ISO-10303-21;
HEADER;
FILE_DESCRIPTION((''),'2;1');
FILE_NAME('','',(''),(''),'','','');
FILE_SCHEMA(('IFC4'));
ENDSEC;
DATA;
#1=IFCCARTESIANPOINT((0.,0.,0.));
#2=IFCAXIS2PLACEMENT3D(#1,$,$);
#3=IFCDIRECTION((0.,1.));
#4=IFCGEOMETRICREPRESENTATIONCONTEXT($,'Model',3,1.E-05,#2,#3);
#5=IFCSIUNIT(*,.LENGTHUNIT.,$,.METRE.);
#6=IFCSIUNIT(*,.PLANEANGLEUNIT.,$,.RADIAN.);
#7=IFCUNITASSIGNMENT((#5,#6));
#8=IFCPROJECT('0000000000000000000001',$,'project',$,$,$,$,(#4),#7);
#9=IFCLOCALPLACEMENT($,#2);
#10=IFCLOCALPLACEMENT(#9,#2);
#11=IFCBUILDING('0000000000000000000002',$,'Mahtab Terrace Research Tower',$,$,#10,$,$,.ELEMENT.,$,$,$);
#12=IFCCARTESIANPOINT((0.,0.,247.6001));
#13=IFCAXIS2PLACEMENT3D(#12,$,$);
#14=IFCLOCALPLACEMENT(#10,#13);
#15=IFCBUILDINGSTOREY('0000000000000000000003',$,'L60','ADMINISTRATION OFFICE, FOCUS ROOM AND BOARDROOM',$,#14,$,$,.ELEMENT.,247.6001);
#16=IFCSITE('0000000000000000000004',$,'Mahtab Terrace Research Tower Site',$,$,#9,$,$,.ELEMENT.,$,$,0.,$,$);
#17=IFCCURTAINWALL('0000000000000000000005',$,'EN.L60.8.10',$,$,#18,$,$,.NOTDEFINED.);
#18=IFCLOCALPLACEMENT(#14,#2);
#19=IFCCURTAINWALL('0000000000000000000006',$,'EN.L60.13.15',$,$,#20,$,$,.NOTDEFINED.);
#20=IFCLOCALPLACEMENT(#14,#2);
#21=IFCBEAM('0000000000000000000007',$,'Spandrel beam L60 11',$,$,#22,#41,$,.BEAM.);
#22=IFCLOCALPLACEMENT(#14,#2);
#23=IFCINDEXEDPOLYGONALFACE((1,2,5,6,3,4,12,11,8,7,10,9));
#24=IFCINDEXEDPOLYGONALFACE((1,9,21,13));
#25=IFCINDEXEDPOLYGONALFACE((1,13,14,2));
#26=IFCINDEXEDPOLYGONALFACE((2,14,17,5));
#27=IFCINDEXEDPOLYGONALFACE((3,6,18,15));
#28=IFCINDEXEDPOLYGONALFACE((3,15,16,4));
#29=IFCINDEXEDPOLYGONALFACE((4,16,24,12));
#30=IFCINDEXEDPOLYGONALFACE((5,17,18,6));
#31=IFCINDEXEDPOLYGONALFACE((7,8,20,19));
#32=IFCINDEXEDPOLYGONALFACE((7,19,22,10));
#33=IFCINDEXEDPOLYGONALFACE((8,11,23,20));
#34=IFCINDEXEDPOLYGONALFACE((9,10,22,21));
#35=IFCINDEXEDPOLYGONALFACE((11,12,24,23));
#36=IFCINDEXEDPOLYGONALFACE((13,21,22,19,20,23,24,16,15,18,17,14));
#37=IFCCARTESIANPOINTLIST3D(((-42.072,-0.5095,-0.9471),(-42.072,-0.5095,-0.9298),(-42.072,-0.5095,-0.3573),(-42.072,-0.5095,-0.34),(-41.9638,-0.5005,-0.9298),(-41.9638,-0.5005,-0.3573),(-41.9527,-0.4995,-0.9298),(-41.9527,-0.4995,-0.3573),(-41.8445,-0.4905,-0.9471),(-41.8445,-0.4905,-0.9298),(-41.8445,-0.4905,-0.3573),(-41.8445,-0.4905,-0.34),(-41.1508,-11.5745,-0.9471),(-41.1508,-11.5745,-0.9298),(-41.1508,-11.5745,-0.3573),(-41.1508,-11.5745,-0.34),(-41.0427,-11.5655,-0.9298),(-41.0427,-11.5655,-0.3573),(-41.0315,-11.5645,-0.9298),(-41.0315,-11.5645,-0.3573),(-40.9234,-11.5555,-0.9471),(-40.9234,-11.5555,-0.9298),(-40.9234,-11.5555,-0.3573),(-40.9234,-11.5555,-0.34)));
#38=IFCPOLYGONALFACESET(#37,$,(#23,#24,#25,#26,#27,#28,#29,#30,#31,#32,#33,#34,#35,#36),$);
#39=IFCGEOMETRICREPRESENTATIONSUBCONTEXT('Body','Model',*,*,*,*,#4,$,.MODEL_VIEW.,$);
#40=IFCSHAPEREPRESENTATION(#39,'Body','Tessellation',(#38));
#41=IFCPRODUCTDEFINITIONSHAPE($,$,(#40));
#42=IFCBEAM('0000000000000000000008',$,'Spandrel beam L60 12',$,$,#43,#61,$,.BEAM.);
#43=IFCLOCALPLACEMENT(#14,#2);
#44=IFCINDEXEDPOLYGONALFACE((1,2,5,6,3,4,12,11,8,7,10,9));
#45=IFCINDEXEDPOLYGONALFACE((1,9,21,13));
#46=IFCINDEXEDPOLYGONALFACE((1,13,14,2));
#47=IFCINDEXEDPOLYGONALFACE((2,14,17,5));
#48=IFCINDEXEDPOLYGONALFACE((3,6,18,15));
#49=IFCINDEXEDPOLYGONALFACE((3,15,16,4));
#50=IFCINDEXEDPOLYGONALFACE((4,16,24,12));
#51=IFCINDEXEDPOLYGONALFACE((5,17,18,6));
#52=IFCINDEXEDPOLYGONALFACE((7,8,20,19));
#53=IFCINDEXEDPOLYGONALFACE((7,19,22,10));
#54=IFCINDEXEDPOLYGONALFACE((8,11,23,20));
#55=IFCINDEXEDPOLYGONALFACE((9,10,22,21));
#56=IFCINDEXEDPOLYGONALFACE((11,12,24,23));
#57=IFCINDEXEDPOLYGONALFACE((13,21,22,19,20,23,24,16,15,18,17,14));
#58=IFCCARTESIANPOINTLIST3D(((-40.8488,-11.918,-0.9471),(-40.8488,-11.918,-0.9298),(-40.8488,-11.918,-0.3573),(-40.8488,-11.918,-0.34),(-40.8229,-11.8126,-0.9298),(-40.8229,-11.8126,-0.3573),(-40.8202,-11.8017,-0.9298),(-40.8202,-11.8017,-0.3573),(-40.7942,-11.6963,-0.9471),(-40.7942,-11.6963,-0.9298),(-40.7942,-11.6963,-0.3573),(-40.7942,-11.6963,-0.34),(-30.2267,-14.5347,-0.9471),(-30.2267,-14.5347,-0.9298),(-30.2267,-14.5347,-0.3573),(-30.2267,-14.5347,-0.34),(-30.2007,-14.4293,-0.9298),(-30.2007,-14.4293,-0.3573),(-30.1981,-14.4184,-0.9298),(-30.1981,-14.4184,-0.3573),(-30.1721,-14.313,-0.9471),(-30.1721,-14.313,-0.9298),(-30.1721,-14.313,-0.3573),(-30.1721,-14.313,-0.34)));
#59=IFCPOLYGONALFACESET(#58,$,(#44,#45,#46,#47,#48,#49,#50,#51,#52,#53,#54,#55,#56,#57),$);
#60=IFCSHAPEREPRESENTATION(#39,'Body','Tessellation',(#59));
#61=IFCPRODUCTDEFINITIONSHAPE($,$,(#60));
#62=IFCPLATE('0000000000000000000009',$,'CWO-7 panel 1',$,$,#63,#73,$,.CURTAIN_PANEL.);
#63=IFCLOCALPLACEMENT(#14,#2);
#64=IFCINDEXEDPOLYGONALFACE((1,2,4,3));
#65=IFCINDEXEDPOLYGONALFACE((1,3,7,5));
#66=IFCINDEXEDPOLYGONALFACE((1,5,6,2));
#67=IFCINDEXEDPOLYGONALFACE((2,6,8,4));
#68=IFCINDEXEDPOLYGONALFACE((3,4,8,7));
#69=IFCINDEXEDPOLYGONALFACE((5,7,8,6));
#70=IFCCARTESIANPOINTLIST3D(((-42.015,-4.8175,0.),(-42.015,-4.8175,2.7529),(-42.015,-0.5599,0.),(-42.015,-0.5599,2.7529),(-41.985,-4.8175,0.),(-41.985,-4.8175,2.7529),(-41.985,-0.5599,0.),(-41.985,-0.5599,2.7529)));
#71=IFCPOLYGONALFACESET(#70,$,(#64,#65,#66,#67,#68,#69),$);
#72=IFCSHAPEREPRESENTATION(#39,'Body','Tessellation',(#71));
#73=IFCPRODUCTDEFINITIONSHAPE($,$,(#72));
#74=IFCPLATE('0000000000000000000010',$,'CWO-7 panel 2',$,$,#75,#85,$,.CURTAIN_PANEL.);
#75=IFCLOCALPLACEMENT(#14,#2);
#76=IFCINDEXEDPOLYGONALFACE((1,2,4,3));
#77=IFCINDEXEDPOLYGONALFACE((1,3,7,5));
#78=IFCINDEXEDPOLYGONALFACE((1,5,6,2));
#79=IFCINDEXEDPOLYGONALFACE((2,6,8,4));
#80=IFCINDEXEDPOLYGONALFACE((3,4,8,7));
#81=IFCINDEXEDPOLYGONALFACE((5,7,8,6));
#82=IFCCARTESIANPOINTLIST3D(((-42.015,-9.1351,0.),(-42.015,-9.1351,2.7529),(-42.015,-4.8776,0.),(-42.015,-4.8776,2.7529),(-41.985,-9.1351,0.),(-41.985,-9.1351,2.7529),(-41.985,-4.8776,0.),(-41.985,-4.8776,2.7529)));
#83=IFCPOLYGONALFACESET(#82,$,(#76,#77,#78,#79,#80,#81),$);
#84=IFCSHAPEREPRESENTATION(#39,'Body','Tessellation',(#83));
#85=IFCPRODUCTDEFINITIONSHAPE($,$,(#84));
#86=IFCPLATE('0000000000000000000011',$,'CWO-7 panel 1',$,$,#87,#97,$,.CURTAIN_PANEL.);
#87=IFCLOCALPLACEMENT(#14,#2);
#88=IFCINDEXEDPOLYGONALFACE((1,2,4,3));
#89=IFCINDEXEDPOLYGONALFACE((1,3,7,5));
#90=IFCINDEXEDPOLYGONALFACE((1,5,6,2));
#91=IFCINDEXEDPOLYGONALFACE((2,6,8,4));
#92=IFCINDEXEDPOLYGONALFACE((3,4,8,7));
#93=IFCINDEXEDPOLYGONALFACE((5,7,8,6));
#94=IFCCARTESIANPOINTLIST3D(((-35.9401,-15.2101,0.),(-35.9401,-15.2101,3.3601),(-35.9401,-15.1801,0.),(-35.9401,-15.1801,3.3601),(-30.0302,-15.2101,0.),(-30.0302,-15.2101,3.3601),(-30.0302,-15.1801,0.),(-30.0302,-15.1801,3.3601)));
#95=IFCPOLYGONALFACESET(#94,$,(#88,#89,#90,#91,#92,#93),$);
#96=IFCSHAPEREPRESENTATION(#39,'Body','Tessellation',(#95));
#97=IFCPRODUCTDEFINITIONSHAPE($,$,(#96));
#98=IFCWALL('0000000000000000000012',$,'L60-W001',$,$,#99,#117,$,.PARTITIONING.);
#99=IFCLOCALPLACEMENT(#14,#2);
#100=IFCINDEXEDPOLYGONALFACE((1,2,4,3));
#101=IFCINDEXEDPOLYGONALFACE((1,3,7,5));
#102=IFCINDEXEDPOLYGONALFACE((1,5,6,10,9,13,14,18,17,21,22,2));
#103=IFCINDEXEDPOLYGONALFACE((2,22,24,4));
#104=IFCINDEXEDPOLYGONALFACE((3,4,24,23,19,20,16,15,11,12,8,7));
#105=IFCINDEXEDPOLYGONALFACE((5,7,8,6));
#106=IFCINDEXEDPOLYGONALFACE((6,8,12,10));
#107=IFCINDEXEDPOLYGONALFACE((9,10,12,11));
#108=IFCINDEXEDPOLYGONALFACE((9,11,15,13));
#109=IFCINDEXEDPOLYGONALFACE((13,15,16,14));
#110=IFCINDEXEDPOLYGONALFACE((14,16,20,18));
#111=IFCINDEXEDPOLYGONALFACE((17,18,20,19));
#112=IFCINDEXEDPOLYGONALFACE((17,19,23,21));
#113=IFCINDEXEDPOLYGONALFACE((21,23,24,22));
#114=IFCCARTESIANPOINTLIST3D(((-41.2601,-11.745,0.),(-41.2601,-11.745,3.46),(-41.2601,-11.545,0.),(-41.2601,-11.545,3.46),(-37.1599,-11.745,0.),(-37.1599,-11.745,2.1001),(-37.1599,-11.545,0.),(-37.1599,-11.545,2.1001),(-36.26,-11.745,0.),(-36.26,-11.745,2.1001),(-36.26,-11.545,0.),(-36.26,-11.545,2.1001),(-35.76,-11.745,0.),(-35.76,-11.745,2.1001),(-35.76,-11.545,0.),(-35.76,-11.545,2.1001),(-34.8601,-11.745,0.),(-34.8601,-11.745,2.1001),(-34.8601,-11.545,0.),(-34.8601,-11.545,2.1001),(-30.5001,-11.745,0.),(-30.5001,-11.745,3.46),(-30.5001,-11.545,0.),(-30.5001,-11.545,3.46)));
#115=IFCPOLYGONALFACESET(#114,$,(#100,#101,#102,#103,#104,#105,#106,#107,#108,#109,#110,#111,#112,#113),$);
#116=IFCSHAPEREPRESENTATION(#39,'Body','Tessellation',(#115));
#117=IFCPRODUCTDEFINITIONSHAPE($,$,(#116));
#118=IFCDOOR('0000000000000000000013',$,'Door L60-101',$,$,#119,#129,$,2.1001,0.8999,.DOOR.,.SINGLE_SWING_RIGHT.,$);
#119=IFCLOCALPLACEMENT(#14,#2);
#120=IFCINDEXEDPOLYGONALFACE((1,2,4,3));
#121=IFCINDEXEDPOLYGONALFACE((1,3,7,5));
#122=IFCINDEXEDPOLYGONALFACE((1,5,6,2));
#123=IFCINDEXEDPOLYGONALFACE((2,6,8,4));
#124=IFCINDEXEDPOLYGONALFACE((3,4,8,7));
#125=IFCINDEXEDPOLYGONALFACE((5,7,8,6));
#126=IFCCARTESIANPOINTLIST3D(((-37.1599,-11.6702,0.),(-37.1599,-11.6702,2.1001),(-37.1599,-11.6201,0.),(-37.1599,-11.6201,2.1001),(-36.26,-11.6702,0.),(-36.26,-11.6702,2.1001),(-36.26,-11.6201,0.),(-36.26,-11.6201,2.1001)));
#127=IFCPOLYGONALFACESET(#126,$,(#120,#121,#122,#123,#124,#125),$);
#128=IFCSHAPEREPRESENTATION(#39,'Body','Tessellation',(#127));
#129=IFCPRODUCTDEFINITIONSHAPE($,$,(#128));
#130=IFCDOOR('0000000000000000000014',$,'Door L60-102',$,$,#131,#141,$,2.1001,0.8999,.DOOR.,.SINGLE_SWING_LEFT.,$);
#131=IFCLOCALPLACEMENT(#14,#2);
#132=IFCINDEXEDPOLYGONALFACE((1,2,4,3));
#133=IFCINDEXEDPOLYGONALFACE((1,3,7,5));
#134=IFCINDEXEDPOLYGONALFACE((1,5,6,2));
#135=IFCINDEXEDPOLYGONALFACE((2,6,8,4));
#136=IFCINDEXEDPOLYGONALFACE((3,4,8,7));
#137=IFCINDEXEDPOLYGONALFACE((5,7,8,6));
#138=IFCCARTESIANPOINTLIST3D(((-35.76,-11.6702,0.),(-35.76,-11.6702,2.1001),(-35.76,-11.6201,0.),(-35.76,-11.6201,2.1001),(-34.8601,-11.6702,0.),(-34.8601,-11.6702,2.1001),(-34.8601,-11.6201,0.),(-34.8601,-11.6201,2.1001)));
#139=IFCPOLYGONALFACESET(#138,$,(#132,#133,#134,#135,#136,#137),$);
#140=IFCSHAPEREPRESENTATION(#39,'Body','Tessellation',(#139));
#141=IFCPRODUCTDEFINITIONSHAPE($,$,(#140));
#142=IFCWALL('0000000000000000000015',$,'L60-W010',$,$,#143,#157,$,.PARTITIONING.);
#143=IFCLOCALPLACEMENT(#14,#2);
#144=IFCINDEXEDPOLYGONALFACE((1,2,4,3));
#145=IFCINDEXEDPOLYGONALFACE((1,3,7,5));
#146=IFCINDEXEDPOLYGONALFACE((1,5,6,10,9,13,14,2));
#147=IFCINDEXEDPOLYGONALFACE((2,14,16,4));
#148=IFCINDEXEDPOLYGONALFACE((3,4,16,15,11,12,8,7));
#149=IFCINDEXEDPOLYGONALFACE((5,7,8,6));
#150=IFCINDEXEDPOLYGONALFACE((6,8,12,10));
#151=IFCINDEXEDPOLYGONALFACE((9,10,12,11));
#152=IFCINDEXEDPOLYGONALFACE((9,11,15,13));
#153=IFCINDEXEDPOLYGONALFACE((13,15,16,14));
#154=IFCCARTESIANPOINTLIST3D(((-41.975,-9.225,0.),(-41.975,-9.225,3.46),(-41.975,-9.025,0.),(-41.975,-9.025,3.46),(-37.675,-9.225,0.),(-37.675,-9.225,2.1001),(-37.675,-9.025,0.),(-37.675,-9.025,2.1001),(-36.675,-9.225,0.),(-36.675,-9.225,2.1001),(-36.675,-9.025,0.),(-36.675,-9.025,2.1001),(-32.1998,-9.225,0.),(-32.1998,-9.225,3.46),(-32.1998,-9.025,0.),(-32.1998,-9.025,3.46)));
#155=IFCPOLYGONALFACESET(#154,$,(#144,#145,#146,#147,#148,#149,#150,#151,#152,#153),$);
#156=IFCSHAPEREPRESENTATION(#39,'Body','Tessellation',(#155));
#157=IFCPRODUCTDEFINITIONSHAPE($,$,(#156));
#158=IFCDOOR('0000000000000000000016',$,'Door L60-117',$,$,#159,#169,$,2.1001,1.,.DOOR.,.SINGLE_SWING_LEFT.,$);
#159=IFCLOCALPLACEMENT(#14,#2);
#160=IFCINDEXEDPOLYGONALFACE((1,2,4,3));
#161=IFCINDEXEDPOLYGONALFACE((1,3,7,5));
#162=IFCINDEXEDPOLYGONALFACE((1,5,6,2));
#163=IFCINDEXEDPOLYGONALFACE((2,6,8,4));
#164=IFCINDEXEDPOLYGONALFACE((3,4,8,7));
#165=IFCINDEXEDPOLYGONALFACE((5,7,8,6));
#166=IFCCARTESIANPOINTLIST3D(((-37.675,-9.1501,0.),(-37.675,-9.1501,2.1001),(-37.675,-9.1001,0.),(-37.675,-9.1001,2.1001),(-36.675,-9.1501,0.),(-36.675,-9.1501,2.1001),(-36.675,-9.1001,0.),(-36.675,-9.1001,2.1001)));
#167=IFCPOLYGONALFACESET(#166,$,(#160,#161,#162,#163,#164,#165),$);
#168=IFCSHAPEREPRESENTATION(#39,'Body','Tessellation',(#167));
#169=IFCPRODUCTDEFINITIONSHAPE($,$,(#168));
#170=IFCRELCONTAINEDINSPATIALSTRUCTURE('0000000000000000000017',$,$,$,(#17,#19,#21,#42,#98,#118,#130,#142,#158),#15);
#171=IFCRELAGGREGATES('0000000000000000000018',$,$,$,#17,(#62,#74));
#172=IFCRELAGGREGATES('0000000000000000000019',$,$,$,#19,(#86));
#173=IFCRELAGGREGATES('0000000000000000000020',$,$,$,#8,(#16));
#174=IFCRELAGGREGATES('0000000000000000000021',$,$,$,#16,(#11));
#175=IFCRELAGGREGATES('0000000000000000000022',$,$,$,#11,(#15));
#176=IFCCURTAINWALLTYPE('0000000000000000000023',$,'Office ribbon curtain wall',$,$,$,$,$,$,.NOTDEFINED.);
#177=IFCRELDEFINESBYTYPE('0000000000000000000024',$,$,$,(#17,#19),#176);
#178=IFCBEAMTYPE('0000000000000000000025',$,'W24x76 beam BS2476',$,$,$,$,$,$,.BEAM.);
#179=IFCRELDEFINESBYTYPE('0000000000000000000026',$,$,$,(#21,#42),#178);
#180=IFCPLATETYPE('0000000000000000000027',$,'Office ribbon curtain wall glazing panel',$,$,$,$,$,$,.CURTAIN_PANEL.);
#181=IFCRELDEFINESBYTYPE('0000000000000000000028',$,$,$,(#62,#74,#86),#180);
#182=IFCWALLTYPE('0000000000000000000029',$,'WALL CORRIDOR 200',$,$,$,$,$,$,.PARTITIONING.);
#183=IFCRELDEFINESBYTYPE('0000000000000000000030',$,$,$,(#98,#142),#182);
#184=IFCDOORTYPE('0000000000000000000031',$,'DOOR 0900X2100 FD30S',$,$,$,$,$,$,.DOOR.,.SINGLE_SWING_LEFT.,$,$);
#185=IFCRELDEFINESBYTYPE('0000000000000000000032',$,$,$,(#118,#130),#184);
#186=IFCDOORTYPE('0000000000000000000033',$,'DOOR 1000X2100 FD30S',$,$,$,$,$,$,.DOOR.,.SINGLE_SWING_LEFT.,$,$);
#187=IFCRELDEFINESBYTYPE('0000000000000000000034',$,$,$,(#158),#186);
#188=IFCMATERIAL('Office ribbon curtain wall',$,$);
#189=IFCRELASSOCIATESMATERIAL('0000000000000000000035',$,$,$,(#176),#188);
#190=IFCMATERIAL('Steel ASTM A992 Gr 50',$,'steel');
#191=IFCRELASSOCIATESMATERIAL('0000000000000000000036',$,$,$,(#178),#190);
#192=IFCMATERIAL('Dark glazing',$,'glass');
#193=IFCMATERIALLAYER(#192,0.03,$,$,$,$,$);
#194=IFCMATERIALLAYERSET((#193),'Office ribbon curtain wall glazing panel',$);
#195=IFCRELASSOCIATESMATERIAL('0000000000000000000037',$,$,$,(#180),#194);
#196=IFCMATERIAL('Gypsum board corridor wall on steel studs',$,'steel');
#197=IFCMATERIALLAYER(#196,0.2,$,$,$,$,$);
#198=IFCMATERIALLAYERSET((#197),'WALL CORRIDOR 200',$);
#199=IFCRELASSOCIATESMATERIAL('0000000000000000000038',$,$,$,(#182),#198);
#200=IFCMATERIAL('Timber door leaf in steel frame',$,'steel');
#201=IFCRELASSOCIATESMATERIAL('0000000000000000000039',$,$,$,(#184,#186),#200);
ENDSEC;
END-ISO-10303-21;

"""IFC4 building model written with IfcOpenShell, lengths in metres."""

from ifc_helpers import new_model, si_unit, direction, frame, frame_2d, origin, origin_2d, place, context, subcontext, project, spatial, rectangle, i_section, extrude, material, layer, layer_set, material_profile, profile_set, type_object, element, fill, aggregate, save


model = new_model("IFC4")

# Units and contexts
model_context = context("Model", 3, precision=1e-05, world=origin(), true_north=direction((0.0, 1.0)))
body_context = subcontext(model_context, "Body", "Model", "MODEL_VIEW")
ifc_project = project(units=[si_unit("LENGTHUNIT", "METRE"), si_unit("PLANEANGLEUNIT", "RADIAN")], contexts=[model_context])

# Site, building, storey
site_placement = place(None, origin())
site = spatial("IfcSite", under=ifc_project, at=site_placement, Name="Mahtab Terrace Research Tower Site", CompositionType="ELEMENT", RefElevation=0.0)
building_placement = place(site_placement, origin())
building = spatial("IfcBuilding", under=site, at=building_placement, Name="Mahtab Terrace Research Tower", CompositionType="ELEMENT")
storey_placement = place(building_placement, frame((0.0, 0.0, 247.6001)))
storey = spatial("IfcBuildingStorey", under=building, at=storey_placement, Name="L60", Description="ADMINISTRATION OFFICE, FOCUS ROOM AND BOARDROOM", CompositionType="ELEMENT", Elevation=247.6001)

# Shared definitions
ifc_material_1 = material(Name="Steel ASTM A992 Gr 50", Category="steel")

# Curtain walls
ifc_material_2 = material(Name="Office ribbon curtain wall")
curtain_wall_type = type_object("IfcCurtainWallType", Name="Office ribbon curtain wall", PredefinedType="NOTDEFINED", material=ifc_material_2)
curtain_wall_1_placement = place(storey_placement, origin())
curtain_wall_1 = element("IfcCurtainWall", 1, at=curtain_wall_1_placement, inside=storey, type_object=curtain_wall_type, Name="EN.L60.8.10", PredefinedType="NOTDEFINED")
curtain_wall_2_placement = place(storey_placement, origin())
curtain_wall_2 = element("IfcCurtainWall", 2, at=curtain_wall_2_placement, inside=storey, type_object=curtain_wall_type, Name="EN.L60.13.15", PredefinedType="NOTDEFINED")

# Beams
ifc_material_profile_1 = material_profile(ifc_material_1, i_section(OverallWidth=0.2283, OverallDepth=0.6072, WebThickness=0.0112, FlangeThickness=0.0173, at=origin_2d()), Name="W24X76")
ifc_profile_set_1 = profile_set([ifc_material_profile_1], Name="Steel ASTM A992 Gr 50")
beam_type = type_object("IfcBeamType", Name="W24x76 beam BS2476", PredefinedType="BEAM", material=ifc_profile_set_1)
beam_1_placement = place(storey_placement, frame((-41.9583, -0.5, -0.6436), z_axis=(0.082962, -0.996553, 0.0), x_axis=(0.996553, 0.082962, 0.0)))
element("IfcBeam", 3, at=beam_1_placement, inside=storey, type_object=beam_type, Name="Spandrel beam L60 11", PredefinedType="BEAM", context=body_context, shape_type="SweptSolid", body=[
    extrude(i_section(OverallWidth=0.2283, OverallDepth=0.6072, WebThickness=0.0112, FlangeThickness=0.0173, at=origin_2d()), origin(), (0.0, 0.0, 1.0), 11.1033),
])
beam_2_placement = place(storey_placement, frame((-40.8215, -11.8071, -0.6436), z_axis=(0.970972, -0.239195, 0.0), x_axis=(0.239195, 0.970972, 0.0)))
element("IfcBeam", 4, at=beam_2_placement, inside=storey, type_object=beam_type, Name="Spandrel beam L60 12", PredefinedType="BEAM", context=body_context, shape_type="SweptSolid", body=[
    extrude(i_section(OverallWidth=0.2283, OverallDepth=0.6072, WebThickness=0.0112, FlangeThickness=0.0173, at=origin_2d()), origin(), (0.0, 0.0, 1.0), 10.9397),
])

# Plates
ifc_material_3 = material(Name="Dark glazing", Category="glass")
ifc_layer_1 = layer(ifc_material_3, 0.03)
ifc_layer_set_1 = layer_set([ifc_layer_1], Name="Office ribbon curtain wall glazing panel")
plate_type = type_object("IfcPlateType", Name="Office ribbon curtain wall glazing panel", PredefinedType="CURTAIN_PANEL", material=ifc_layer_set_1)
plate_1_placement = place(storey_placement, frame((-42.0, -2.6887, 0.0), z_axis=(0.0, 0.0, 1.0), x_axis=(0.0, -1.0, 0.0)))
plate_1 = element("IfcPlate", 5, at=plate_1_placement, type_object=plate_type, Name="CWO-7 panel 1", PredefinedType="CURTAIN_PANEL", context=body_context, shape_type="SweptSolid", body=[
    extrude(rectangle(XDim=4.2576, YDim=0.03, at=origin_2d()), origin(), (0.0, 0.0, 1.0), 2.7529),
])
plate_2_placement = place(storey_placement, frame((-42.0, -7.0063, 0.0), z_axis=(0.0, 0.0, 1.0), x_axis=(0.0, -1.0, 0.0)))
plate_2 = element("IfcPlate", 6, at=plate_2_placement, type_object=plate_type, Name="CWO-7 panel 2", PredefinedType="CURTAIN_PANEL", context=body_context, shape_type="SweptSolid", body=[
    extrude(rectangle(XDim=4.2576, YDim=0.03, at=origin_2d()), origin(), (0.0, 0.0, 1.0), 2.7529),
])
aggregate(curtain_wall_1, [plate_1, plate_2])
plate_3_placement = place(storey_placement, frame((-32.9851, -15.1951, 0.0), z_axis=(0.0, 0.0, 1.0), x_axis=(1.0, 0.0, 0.0)))
plate_3 = element("IfcPlate", 7, at=plate_3_placement, type_object=plate_type, Name="CWO-7 panel 1", PredefinedType="CURTAIN_PANEL", context=body_context, shape_type="SweptSolid", body=[
    extrude(rectangle(XDim=5.9099, YDim=0.03, at=origin_2d()), origin(), (0.0, 0.0, 1.0), 3.3601),
])
aggregate(curtain_wall_2, [plate_3])

# Wall, openings, doors
ifc_material_4 = material(Name="Gypsum board corridor wall on steel studs", Category="steel")
ifc_layer_2 = layer(ifc_material_4, 0.2)
ifc_layer_set_2 = layer_set([ifc_layer_2], Name="WALL CORRIDOR 200")
wall_type_1 = type_object("IfcWallType", Name="WALL CORRIDOR 200", PredefinedType="PARTITIONING", material=ifc_layer_set_2)
wall_1_placement = place(storey_placement, frame((-41.26, -11.645, 0.0), z_axis=(0.0, 0.0, 1.0), x_axis=(1.0, 0.0, 0.0)))
wall_1 = element("IfcWall", 8, at=wall_1_placement, inside=storey, type_object=wall_type_1, Name="L60-W001", PredefinedType="PARTITIONING", context=body_context, shape_type="SweptSolid", body=[
    extrude(rectangle(XDim=10.76, YDim=0.2, at=frame_2d((5.3799, 0.0))), origin(), (0.0, 0.0, 1.0), 3.46),
])
opening_1_placement = place(wall_1_placement, frame((4.1001, 0.0, 0.0)))
opening_1 = element("IfcOpeningElement", 9, at=opening_1_placement, cuts=wall_1, PredefinedType="OPENING", context=body_context, shape_type="SweptSolid", body=[
    extrude(rectangle(XDim=0.8999, YDim=2.1001, at=frame_2d((0.45, 1.05))), frame((0.0, 0.1099, 0.0), z_axis=(0.0, -1.0, 0.0), x_axis=(1.0, 0.0, 0.0)), (0.0, 0.0, 1.0), 0.22),
])
opening_2_placement = place(wall_1_placement, frame((5.5, 0.0, 0.0)))
opening_2 = element("IfcOpeningElement", 10, at=opening_2_placement, cuts=wall_1, PredefinedType="OPENING", context=body_context, shape_type="SweptSolid", body=[
    extrude(rectangle(XDim=0.8999, YDim=2.1001, at=frame_2d((0.45, 1.05))), frame((0.0, 0.1099, 0.0), z_axis=(0.0, -1.0, 0.0), x_axis=(1.0, 0.0, 0.0)), (0.0, 0.0, 1.0), 0.22),
])
ifc_material_5 = material(Name="Timber door leaf in steel frame", Category="steel")
door_type_1 = type_object("IfcDoorType", Name="DOOR 0900X2100 FD30S", OperationType="SINGLE_SWING_LEFT", PredefinedType="DOOR", material=ifc_material_5)
door_1_placement = place(opening_1_placement, origin())
door_1 = element("IfcDoor", 11, at=door_1_placement, inside=storey, type_object=door_type_1, Name="Door L60-101", OperationType="SINGLE_SWING_RIGHT", OverallHeight=2.1001, OverallWidth=0.8999, PredefinedType="DOOR", context=body_context, shape_type="SweptSolid", body=[
    extrude(rectangle(XDim=0.8999, YDim=2.1001, at=frame_2d((0.45, 1.05))), frame((0.0, 0.0249, 0.0), z_axis=(0.0, -1.0, 0.0), x_axis=(1.0, 0.0, 0.0)), (0.0, 0.0, 1.0), 0.05),
])
fill(opening_1, door_1)
door_2_placement = place(opening_2_placement, origin())
door_2 = element("IfcDoor", 12, at=door_2_placement, inside=storey, type_object=door_type_1, Name="Door L60-102", OperationType="SINGLE_SWING_LEFT", OverallHeight=2.1001, OverallWidth=0.8999, PredefinedType="DOOR", context=body_context, shape_type="SweptSolid", body=[
    extrude(rectangle(XDim=0.8999, YDim=2.1001, at=frame_2d((0.45, 1.05))), frame((0.0, 0.0249, 0.0), z_axis=(0.0, -1.0, 0.0), x_axis=(1.0, 0.0, 0.0)), (0.0, 0.0, 1.0), 0.05),
])
fill(opening_2, door_2)

# Wall, opening, door
wall_2_placement = place(storey_placement, frame((-41.9751, -9.125, 0.0), z_axis=(0.0, 0.0, 1.0), x_axis=(1.0, 0.0, 0.0)))
wall_2 = element("IfcWall", 13, at=wall_2_placement, inside=storey, type_object=wall_type_1, Name="L60-W010", PredefinedType="PARTITIONING", context=body_context, shape_type="SweptSolid", body=[
    extrude(rectangle(XDim=9.7751, YDim=0.2, at=frame_2d((4.8877, 0.0))), origin(), (0.0, 0.0, 1.0), 3.46),
])
opening_3_placement = place(wall_2_placement, frame((4.3, 0.0, 0.0)))
opening_3 = element("IfcOpeningElement", 14, at=opening_3_placement, cuts=wall_2, PredefinedType="OPENING", context=body_context, shape_type="SweptSolid", body=[
    extrude(rectangle(XDim=1.0, YDim=2.1001, at=frame_2d((0.5, 1.05))), frame((0.0, 0.1099, 0.0), z_axis=(0.0, -1.0, 0.0), x_axis=(1.0, 0.0, 0.0)), (0.0, 0.0, 1.0), 0.22),
])
door_type_2 = type_object("IfcDoorType", Name="DOOR 1000X2100 FD30S", OperationType="SINGLE_SWING_LEFT", PredefinedType="DOOR", material=ifc_material_5)
door_3_placement = place(opening_3_placement, origin())
door_3 = element("IfcDoor", 15, at=door_3_placement, inside=storey, type_object=door_type_2, Name="Door L60-117", OperationType="SINGLE_SWING_LEFT", OverallHeight=2.1001, OverallWidth=1.0, PredefinedType="DOOR", context=body_context, shape_type="SweptSolid", body=[
    extrude(rectangle(XDim=1.0, YDim=2.1001, at=frame_2d((0.5, 1.05))), frame((0.0, 0.0249, 0.0), z_axis=(0.0, -1.0, 0.0), x_axis=(1.0, 0.0, 0.0)), (0.0, 0.0, 1.0), 0.05),
])
fill(opening_3, door_3)

save(model, "model.ifc")
